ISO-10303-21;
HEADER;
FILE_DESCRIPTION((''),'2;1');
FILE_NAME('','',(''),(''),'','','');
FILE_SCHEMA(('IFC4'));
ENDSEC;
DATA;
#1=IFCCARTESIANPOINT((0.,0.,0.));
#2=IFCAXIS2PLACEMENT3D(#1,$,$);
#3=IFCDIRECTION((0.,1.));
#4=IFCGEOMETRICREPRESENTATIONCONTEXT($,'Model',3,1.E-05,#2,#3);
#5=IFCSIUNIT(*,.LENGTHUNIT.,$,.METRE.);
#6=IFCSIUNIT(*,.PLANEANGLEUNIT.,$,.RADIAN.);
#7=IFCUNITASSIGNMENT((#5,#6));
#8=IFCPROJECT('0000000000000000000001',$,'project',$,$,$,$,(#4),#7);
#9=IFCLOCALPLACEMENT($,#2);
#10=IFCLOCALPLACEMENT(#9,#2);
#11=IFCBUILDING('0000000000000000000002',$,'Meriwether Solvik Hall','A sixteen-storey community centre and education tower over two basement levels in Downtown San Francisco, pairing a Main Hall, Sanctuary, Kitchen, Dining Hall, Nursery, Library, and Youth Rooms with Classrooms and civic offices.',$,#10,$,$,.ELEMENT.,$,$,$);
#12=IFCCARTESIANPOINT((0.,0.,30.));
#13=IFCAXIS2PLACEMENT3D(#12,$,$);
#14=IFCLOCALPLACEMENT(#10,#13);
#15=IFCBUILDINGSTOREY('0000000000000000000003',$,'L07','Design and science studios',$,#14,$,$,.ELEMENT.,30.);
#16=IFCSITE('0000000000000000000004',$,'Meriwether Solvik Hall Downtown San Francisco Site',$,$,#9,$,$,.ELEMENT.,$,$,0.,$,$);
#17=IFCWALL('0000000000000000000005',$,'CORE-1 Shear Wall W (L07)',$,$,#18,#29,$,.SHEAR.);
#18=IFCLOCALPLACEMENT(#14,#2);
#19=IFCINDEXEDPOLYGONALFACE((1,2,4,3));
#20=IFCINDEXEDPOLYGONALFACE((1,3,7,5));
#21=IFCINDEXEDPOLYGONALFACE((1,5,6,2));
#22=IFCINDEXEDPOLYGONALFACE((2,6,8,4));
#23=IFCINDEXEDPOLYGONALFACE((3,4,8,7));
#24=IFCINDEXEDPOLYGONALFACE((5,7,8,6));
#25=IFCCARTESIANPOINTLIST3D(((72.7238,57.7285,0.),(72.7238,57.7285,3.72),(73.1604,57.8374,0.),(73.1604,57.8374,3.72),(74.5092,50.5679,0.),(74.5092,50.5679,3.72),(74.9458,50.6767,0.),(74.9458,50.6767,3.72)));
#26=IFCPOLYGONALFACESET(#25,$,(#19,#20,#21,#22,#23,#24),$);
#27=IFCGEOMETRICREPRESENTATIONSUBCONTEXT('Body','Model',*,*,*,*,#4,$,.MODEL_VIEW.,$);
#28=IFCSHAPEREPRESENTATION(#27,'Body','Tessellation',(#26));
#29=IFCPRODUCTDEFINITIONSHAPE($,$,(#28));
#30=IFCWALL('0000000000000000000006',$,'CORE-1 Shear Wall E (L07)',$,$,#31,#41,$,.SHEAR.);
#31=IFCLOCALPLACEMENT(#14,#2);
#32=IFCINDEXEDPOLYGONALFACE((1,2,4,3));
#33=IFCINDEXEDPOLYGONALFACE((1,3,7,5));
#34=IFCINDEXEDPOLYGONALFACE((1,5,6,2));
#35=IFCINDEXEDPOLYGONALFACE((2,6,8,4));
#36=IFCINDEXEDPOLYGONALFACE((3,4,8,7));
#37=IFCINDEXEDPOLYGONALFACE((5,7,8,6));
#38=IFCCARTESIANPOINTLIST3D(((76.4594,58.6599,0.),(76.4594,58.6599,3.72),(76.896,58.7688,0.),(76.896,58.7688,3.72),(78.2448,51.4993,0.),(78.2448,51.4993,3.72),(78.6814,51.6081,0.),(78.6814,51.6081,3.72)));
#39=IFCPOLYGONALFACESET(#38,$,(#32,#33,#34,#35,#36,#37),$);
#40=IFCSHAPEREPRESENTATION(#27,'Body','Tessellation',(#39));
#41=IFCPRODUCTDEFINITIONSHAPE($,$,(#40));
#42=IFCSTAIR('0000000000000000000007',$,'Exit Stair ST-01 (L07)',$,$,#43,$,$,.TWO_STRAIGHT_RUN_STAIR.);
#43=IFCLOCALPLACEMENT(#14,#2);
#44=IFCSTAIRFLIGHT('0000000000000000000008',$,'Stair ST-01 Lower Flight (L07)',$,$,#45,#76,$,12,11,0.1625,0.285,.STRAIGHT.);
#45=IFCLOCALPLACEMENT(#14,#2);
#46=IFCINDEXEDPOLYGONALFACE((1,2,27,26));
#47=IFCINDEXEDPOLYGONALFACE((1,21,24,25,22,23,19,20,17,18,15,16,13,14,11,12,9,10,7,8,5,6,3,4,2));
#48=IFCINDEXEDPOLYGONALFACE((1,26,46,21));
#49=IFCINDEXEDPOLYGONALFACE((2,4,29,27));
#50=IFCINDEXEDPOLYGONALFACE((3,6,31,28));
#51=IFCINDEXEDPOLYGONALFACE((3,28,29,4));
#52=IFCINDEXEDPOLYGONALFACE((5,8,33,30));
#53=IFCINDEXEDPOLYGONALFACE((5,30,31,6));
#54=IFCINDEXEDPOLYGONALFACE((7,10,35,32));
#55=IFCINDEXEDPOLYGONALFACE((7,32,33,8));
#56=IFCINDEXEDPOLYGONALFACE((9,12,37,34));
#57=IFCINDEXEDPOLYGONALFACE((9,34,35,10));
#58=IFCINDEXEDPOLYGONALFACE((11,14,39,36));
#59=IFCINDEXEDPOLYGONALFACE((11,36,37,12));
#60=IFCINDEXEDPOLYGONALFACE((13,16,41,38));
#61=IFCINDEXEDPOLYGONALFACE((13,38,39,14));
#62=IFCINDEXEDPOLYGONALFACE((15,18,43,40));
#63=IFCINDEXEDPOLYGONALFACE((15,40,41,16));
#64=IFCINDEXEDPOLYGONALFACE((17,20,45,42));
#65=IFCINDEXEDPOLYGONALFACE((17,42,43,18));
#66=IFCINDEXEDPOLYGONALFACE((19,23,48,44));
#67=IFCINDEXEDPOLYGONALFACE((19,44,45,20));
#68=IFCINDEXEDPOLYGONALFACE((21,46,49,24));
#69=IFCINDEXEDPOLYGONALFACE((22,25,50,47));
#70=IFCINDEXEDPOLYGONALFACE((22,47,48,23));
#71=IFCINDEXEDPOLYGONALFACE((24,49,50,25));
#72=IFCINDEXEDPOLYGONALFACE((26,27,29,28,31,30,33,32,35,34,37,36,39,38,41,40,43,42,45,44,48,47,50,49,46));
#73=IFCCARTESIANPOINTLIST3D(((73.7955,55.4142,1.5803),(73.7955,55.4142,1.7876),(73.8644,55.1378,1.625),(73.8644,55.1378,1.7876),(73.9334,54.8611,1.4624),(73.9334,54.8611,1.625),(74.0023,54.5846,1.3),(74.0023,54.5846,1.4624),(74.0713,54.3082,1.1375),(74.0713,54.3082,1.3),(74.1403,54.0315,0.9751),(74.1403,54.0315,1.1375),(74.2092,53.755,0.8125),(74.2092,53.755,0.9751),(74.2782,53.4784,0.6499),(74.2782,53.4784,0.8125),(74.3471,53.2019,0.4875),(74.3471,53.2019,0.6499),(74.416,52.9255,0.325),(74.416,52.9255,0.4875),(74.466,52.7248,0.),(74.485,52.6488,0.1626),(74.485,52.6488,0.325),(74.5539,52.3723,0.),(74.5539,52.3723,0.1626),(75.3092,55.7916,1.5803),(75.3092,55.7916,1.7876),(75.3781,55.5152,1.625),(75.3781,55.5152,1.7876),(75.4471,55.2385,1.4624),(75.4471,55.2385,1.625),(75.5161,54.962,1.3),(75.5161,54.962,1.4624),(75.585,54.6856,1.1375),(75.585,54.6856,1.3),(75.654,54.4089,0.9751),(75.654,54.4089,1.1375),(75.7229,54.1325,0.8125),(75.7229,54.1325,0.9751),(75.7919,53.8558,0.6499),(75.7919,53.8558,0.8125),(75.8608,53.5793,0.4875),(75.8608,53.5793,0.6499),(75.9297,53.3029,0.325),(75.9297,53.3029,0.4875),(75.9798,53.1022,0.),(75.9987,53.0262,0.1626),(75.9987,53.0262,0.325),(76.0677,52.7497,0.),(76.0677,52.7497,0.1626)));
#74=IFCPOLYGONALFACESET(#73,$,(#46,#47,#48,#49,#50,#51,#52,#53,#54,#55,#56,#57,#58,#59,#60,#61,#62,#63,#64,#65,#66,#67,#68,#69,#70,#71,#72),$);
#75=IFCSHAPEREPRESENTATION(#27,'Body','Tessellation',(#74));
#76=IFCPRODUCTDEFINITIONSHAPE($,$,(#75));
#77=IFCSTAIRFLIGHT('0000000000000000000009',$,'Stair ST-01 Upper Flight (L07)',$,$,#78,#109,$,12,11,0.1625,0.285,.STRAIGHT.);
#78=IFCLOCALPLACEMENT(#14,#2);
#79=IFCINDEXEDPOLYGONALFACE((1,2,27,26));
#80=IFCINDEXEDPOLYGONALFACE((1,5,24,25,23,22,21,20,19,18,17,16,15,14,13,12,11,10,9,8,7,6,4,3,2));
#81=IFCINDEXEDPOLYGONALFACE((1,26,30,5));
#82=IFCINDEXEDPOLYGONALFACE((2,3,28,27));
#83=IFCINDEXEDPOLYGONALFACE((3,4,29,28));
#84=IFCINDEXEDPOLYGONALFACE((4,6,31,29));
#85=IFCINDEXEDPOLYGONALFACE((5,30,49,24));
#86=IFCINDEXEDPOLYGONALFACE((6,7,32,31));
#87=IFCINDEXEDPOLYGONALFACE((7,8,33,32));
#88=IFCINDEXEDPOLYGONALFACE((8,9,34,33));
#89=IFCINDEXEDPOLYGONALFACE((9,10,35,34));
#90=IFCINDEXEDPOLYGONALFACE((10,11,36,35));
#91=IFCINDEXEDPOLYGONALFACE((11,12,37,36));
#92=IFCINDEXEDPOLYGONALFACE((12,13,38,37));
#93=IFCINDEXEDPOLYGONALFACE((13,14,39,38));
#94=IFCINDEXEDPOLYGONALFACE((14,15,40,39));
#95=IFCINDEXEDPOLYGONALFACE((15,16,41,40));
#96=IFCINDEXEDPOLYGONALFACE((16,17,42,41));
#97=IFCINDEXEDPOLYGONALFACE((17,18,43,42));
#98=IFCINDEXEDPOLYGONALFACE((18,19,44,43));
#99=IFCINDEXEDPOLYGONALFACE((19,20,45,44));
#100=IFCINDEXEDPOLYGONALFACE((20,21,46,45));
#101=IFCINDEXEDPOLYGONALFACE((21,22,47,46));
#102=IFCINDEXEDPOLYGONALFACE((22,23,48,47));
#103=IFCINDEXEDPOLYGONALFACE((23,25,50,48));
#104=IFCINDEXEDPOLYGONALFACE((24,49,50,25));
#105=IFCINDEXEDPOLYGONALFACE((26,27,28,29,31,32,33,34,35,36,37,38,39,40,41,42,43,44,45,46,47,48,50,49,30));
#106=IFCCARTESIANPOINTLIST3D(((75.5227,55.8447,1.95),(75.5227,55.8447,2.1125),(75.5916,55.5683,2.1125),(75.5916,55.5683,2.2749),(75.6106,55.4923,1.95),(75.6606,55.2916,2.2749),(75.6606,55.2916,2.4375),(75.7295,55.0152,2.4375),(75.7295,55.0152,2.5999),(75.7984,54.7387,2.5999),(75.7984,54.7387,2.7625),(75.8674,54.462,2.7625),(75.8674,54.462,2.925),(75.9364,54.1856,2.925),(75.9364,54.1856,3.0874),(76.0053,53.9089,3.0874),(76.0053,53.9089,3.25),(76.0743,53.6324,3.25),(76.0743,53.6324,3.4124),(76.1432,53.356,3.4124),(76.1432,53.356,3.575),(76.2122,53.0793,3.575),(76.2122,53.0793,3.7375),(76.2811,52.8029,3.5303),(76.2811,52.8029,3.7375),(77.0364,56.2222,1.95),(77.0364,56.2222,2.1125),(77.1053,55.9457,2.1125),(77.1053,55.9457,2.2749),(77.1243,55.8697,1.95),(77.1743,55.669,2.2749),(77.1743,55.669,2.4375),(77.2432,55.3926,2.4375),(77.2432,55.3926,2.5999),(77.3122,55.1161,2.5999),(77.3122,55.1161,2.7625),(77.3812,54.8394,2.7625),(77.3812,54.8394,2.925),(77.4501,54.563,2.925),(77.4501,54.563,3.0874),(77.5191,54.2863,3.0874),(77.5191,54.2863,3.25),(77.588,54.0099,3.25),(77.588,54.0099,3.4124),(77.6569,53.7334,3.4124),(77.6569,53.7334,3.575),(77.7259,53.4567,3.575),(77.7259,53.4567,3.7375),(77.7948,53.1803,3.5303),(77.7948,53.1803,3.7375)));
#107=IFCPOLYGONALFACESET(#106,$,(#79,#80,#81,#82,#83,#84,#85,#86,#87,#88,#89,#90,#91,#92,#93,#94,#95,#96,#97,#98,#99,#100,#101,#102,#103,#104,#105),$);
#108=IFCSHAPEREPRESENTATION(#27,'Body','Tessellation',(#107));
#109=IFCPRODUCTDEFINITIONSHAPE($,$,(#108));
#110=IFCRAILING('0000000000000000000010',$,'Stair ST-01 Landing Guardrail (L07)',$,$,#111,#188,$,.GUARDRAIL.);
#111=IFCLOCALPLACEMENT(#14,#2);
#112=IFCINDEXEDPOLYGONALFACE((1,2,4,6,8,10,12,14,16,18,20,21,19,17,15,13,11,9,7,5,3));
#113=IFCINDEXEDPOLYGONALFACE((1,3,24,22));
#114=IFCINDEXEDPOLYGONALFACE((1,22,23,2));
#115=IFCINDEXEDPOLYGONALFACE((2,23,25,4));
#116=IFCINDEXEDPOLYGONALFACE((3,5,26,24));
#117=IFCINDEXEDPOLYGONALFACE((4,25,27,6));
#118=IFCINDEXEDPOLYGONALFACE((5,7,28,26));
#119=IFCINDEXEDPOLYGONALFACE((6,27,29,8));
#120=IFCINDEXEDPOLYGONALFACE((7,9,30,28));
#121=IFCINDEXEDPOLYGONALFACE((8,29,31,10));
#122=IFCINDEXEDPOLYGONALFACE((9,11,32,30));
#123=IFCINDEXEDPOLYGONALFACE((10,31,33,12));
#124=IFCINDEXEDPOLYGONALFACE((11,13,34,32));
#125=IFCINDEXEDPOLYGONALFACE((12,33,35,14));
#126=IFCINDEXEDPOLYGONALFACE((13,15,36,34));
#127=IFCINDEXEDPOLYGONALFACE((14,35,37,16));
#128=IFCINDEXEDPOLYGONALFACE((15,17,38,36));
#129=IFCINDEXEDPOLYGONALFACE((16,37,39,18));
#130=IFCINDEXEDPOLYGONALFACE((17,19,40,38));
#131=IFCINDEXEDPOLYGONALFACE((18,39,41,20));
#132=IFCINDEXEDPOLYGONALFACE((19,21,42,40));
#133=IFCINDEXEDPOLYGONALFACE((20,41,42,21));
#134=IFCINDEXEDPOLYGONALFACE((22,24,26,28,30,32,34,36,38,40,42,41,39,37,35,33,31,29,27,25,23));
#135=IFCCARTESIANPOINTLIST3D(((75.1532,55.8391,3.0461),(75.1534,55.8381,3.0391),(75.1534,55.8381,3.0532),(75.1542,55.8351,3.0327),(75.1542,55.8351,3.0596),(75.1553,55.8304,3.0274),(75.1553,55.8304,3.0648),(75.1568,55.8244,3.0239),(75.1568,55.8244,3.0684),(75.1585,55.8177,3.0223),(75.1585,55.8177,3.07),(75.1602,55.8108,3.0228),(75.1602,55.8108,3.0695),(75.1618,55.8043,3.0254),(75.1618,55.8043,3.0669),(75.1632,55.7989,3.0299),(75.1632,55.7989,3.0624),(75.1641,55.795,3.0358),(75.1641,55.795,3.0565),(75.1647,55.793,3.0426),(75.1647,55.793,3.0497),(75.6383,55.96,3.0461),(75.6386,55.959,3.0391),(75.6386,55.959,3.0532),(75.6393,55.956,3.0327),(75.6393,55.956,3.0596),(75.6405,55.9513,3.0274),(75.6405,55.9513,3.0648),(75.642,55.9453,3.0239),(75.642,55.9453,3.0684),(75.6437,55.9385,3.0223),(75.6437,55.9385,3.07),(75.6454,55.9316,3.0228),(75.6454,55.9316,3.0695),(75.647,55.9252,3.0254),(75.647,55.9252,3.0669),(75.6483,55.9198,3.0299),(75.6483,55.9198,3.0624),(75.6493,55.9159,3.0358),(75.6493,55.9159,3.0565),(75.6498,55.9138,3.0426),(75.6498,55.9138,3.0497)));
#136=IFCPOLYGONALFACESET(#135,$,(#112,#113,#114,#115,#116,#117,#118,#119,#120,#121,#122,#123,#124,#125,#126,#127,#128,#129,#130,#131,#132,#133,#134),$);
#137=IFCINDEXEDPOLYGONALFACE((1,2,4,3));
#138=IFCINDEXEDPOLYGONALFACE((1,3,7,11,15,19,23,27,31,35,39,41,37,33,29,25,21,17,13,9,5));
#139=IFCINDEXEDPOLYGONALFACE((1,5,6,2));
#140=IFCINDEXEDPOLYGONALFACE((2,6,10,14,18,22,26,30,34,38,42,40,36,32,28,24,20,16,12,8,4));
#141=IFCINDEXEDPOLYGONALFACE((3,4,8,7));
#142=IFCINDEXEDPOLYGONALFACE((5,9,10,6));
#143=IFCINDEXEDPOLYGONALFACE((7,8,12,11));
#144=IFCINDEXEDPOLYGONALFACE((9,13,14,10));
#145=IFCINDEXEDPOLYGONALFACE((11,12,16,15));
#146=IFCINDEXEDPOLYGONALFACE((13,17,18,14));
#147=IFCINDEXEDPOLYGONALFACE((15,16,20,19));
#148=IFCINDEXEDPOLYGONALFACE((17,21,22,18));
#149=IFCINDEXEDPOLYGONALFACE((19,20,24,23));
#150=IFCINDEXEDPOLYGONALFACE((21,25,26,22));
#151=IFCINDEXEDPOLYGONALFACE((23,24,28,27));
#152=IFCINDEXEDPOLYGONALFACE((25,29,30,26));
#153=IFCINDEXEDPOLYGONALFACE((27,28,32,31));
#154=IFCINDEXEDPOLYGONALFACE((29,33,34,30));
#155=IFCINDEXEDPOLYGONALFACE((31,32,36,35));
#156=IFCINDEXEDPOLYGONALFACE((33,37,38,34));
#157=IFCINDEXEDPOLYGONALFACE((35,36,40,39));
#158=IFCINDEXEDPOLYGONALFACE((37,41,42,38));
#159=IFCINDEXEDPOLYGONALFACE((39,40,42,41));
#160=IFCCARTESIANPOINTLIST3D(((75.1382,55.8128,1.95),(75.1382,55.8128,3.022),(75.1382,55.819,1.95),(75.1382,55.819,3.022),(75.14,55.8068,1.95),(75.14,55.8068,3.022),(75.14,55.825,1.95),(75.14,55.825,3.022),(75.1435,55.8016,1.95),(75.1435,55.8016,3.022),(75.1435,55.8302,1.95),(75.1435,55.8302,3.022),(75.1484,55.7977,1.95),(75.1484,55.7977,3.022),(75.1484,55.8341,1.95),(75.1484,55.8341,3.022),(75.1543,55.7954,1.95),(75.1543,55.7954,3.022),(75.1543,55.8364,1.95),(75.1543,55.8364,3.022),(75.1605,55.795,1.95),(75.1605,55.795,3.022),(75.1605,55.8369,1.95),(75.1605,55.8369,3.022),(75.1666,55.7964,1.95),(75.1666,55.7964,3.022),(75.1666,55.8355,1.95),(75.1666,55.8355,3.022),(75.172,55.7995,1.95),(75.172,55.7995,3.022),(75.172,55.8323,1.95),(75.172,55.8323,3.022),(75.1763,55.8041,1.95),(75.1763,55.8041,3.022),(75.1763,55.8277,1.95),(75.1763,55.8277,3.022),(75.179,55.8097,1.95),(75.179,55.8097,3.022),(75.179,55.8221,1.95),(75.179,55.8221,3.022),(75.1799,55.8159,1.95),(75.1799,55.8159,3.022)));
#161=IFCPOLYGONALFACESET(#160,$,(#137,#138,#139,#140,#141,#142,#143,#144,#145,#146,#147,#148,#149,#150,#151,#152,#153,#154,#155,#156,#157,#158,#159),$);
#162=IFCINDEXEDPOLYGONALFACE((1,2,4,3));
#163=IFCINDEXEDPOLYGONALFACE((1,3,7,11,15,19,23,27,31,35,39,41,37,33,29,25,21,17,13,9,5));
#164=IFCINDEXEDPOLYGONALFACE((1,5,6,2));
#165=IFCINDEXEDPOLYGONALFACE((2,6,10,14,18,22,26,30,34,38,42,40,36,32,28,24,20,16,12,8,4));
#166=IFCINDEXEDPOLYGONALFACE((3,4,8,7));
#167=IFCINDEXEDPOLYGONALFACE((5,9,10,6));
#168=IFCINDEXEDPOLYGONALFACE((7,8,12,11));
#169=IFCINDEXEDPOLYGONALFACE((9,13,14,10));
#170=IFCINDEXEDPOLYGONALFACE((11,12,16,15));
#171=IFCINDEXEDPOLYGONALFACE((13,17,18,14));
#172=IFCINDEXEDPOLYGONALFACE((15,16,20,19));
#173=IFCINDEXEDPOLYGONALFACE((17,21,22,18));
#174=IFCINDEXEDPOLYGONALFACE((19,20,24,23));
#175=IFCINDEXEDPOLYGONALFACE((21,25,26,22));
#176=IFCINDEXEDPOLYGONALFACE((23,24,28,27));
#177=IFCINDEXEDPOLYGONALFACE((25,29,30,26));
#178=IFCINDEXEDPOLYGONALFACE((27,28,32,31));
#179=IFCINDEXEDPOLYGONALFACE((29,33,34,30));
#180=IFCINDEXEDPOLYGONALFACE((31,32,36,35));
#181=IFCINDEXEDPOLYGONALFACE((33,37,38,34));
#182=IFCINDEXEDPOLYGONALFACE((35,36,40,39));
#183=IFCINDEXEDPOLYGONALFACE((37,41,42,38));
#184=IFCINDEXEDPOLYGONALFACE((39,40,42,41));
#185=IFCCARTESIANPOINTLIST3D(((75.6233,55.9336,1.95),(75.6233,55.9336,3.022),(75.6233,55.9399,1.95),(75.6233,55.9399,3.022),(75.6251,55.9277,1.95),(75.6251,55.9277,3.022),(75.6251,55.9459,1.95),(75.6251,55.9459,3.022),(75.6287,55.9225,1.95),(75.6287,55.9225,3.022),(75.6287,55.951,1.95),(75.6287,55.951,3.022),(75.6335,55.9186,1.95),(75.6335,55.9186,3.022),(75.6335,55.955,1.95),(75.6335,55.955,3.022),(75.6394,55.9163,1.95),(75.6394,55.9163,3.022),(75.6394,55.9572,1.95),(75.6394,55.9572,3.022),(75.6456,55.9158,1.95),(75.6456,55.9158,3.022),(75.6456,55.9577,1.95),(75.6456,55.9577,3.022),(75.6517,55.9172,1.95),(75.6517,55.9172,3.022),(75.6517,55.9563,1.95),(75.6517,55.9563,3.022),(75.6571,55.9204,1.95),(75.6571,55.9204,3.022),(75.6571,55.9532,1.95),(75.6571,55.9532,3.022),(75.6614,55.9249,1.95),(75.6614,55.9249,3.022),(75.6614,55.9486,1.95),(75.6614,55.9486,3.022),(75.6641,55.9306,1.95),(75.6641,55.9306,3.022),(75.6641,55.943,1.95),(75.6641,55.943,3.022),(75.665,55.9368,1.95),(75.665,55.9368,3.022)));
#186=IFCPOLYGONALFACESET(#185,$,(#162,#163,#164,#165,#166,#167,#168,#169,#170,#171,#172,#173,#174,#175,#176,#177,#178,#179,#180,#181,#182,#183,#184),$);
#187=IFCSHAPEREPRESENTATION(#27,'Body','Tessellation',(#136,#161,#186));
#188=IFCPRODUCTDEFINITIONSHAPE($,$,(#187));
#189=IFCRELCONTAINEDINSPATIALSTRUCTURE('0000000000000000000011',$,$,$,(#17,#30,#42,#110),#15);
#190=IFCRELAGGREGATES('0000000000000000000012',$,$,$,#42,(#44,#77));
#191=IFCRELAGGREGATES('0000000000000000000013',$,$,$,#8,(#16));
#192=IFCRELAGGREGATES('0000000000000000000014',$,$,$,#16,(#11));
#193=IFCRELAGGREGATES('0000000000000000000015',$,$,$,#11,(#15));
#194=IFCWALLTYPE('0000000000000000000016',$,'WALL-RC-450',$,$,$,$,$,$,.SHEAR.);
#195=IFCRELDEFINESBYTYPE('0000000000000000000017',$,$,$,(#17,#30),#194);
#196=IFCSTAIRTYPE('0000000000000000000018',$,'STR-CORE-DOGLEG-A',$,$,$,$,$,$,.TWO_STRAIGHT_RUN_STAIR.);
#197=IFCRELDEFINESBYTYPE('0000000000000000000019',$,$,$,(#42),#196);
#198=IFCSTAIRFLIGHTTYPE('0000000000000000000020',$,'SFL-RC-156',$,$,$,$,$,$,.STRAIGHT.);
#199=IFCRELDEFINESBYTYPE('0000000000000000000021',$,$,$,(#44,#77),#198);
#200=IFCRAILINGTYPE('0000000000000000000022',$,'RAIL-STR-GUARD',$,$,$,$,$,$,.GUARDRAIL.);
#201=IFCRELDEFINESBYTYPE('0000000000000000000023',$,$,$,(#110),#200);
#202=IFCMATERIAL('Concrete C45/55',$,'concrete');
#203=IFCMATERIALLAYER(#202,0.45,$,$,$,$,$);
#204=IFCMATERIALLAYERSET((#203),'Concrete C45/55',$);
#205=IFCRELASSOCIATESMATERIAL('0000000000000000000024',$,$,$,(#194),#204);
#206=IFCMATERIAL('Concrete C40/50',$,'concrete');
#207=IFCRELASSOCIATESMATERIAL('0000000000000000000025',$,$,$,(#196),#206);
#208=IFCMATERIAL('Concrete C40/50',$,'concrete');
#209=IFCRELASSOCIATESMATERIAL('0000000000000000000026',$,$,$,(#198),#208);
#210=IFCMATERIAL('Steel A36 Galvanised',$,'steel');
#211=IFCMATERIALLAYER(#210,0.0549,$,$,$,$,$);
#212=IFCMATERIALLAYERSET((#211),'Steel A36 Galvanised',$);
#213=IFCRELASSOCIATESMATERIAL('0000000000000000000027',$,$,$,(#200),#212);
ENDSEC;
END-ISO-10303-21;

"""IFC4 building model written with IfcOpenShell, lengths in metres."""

from ifc_helpers import new_model, si_unit, direction, frame, frame_2d, origin, origin_2d, place, context, subcontext, project, spatial, polyline, rectangle, circle, outline, extrude, material, layer, layer_set, type_object, element, aggregate, save


model = new_model("IFC4")

# Units and contexts
model_context = context("Model", 3, precision=1e-05, world=origin(), true_north=direction((0.0, 1.0)))
body_context = subcontext(model_context, "Body", "Model", "MODEL_VIEW")
ifc_project = project(units=[si_unit("LENGTHUNIT", "METRE"), si_unit("PLANEANGLEUNIT", "RADIAN")], contexts=[model_context])

# Site, building, storey
site_placement = place(None, origin())
site = spatial("IfcSite", under=ifc_project, at=site_placement, Name="Meriwether Solvik Hall Downtown San Francisco Site", CompositionType="ELEMENT", RefElevation=0.0)
building_placement = place(site_placement, origin())
building = spatial("IfcBuilding", under=site, at=building_placement, Name="Meriwether Solvik Hall", Description="A sixteen-storey community centre and education tower over two basement levels in Downtown San Francisco, pairing a Main Hall, Sanctuary, Kitchen, Dining Hall, Nursery, Library, and Youth Rooms with Classrooms and civic offices.", CompositionType="ELEMENT")
storey_placement = place(building_placement, frame((0.0, 0.0, 30.0)))
storey = spatial("IfcBuildingStorey", under=building, at=storey_placement, Name="L07", Description="Design and science studios", CompositionType="ELEMENT", Elevation=30.0)

# Shared definitions
ifc_material_1 = material(Name="Concrete C45/55", Category="concrete")
ifc_layer_1 = layer(ifc_material_1, 0.45)
ifc_layer_set_1 = layer_set([ifc_layer_1], Name="Concrete C45/55")
wall_type_1 = type_object("IfcWallType", Name="WALL-RC-450", PredefinedType="SHEAR", material=ifc_layer_set_1)

# Walls
for number, where, z_axis, x_axis, name in (
    (1, (72.9421, 57.783, 0.0), (0.0, 0.0, 1.0), (0.241928, -0.970294, 0.0), "CORE-1 Shear Wall W (L07)"),
    (2, (78.4631, 51.5537, 0.0), (0.0, 0.0, 1.0), (-0.241928, 0.970294, 0.0), "CORE-1 Shear Wall E (L07)"),
):
    element("IfcWall", number, at=place(storey_placement, frame(where, z_axis=z_axis, x_axis=x_axis)), inside=storey, type_object=wall_type_1, Name=name, PredefinedType="SHEAR", context=body_context, shape_type="SweptSolid", body=[
        extrude(rectangle(XDim=7.3799, YDim=0.45, at=frame_2d((3.6899, 0.0))), origin(), (0.0, 0.0, 1.0), 3.72),
    ])

# Stair, stair flights
ifc_material_2 = material(Name="Concrete C40/50", Category="concrete")
stair_type = type_object("IfcStairType", Name="STR-CORE-DOGLEG-A", PredefinedType="TWO_STRAIGHT_RUN_STAIR", material=ifc_material_2)
stair_placement = place(storey_placement, origin())
stair = element("IfcStair", 3, at=stair_placement, inside=storey, type_object=stair_type, Name="Exit Stair ST-01 (L07)", PredefinedType="TWO_STRAIGHT_RUN_STAIR")
ifc_material_3 = material(Name="Concrete C40/50", Category="concrete")
stair_flight_type = type_object("IfcStairFlightType", Name="SFL-RC-156", PredefinedType="STRAIGHT", material=ifc_material_3)
stair_flight_1_placement = place(storey_placement, frame((75.3108, 52.561, 0.0), z_axis=(0.0, 0.0, 1.0), x_axis=(-0.241922, 0.970296, 0.0)))
stair_flight_1 = element("IfcStairFlight", 4, at=stair_flight_1_placement, type_object=stair_flight_type, Name="Stair ST-01 Lower Flight (L07)", NumberOfRisers=12, NumberOfTreads=11, PredefinedType="STRAIGHT", RiserHeight=0.1625, TreadLength=0.285, context=body_context, shape_type="SweptSolid", body=[
    extrude(outline(polyline([(0.0, 0.0), (0.0, 0.1626), (0.2849, 0.1626), (0.2849, 0.325), (0.5701, 0.325), (0.5701, 0.4875), (0.855, 0.4875), (0.855, 0.6499), (1.1399, 0.6499), (1.1399, 0.8125), (1.425, 0.8125), (1.425, 0.9751), (1.71, 0.9751), (1.71, 1.1375), (1.9951, 1.1375), (1.9951, 1.3), (2.28, 1.3), (2.28, 1.4624), (2.5649, 1.4624), (2.5649, 1.625), (2.8501, 1.625), (2.8501, 1.7876), (3.135, 1.7876), (3.135, 1.95), (3.135, 1.5803), (0.3633, 0.0), (0.0, 0.0)])), frame((0.0, 0.78, 0.0), z_axis=(0.0, -1.0, 0.0), x_axis=(1.0, 0.0, 0.0)), (0.0, 0.0, 1.0), 1.5601),
])
stair_flight_2_placement = place(storey_placement, frame((76.2795, 56.0334, 1.95), z_axis=(0.0, 0.0, 1.0), x_axis=(0.241922, -0.970296, 0.0)))
stair_flight_2 = element("IfcStairFlight", 5, at=stair_flight_2_placement, type_object=stair_flight_type, Name="Stair ST-01 Upper Flight (L07)", NumberOfRisers=12, NumberOfTreads=11, PredefinedType="STRAIGHT", RiserHeight=0.1625, TreadLength=0.285, context=body_context, shape_type="SweptSolid", body=[
    extrude(outline(polyline([(0.0, 0.0), (0.0, 0.1626), (0.2849, 0.1626), (0.2849, 0.325), (0.5701, 0.325), (0.5701, 0.4875), (0.855, 0.4875), (0.855, 0.6499), (1.1399, 0.6499), (1.1399, 0.8125), (1.425, 0.8125), (1.425, 0.9751), (1.71, 0.9751), (1.71, 1.1375), (1.9951, 1.1375), (1.9951, 1.3), (2.28, 1.3), (2.28, 1.4624), (2.5649, 1.4624), (2.5649, 1.625), (2.8501, 1.625), (2.8501, 1.7876), (3.135, 1.7876), (3.135, 1.95), (3.135, 1.5803), (0.3633, 0.0), (0.0, 0.0)])), frame((0.0, 0.78, 0.0), z_axis=(0.0, -1.0, 0.0), x_axis=(1.0, 0.0, 0.0)), (0.0, 0.0, 1.0), 1.5601),
])
aggregate(stair, [stair_flight_1, stair_flight_2])

# Railing
ifc_material_4 = material(Name="Steel A36 Galvanised", Category="steel")
ifc_layer_2 = layer(ifc_material_4, 0.0549)
ifc_layer_set_2 = layer_set([ifc_layer_2], Name="Steel A36 Galvanised")
railing_type_1 = type_object("IfcRailingType", Name="RAIL-STR-GUARD", PredefinedType="GUARDRAIL", material=ifc_layer_set_2)
railing_1_placement = place(storey_placement, frame((75.1589, 55.8159, 1.95)))
element("IfcRailing", 6, at=railing_1_placement, inside=storey, type_object=railing_type_1, Name="Stair ST-01 Landing Guardrail (L07)", PredefinedType="GUARDRAIL", context=body_context, shape_type="SweptSolid", body=[
    extrude(circle(Radius=0.0239, at=origin_2d()), frame((0.0, 0.0, 1.0962), z_axis=(0.970343, 0.241731, 0.0), x_axis=(-0.241731, 0.970343, 0.0)), (0.0, 0.0, 1.0), 0.5),
    extrude(circle(Radius=0.021, at=origin_2d()), origin(), (0.0, 0.0, 1.0), 1.072),
    extrude(circle(Radius=0.021, at=origin_2d()), frame((0.4851, 0.1208, 0.0)), (0.0, 0.0, 1.0), 1.072),
])

save(model, "model.ifc")
